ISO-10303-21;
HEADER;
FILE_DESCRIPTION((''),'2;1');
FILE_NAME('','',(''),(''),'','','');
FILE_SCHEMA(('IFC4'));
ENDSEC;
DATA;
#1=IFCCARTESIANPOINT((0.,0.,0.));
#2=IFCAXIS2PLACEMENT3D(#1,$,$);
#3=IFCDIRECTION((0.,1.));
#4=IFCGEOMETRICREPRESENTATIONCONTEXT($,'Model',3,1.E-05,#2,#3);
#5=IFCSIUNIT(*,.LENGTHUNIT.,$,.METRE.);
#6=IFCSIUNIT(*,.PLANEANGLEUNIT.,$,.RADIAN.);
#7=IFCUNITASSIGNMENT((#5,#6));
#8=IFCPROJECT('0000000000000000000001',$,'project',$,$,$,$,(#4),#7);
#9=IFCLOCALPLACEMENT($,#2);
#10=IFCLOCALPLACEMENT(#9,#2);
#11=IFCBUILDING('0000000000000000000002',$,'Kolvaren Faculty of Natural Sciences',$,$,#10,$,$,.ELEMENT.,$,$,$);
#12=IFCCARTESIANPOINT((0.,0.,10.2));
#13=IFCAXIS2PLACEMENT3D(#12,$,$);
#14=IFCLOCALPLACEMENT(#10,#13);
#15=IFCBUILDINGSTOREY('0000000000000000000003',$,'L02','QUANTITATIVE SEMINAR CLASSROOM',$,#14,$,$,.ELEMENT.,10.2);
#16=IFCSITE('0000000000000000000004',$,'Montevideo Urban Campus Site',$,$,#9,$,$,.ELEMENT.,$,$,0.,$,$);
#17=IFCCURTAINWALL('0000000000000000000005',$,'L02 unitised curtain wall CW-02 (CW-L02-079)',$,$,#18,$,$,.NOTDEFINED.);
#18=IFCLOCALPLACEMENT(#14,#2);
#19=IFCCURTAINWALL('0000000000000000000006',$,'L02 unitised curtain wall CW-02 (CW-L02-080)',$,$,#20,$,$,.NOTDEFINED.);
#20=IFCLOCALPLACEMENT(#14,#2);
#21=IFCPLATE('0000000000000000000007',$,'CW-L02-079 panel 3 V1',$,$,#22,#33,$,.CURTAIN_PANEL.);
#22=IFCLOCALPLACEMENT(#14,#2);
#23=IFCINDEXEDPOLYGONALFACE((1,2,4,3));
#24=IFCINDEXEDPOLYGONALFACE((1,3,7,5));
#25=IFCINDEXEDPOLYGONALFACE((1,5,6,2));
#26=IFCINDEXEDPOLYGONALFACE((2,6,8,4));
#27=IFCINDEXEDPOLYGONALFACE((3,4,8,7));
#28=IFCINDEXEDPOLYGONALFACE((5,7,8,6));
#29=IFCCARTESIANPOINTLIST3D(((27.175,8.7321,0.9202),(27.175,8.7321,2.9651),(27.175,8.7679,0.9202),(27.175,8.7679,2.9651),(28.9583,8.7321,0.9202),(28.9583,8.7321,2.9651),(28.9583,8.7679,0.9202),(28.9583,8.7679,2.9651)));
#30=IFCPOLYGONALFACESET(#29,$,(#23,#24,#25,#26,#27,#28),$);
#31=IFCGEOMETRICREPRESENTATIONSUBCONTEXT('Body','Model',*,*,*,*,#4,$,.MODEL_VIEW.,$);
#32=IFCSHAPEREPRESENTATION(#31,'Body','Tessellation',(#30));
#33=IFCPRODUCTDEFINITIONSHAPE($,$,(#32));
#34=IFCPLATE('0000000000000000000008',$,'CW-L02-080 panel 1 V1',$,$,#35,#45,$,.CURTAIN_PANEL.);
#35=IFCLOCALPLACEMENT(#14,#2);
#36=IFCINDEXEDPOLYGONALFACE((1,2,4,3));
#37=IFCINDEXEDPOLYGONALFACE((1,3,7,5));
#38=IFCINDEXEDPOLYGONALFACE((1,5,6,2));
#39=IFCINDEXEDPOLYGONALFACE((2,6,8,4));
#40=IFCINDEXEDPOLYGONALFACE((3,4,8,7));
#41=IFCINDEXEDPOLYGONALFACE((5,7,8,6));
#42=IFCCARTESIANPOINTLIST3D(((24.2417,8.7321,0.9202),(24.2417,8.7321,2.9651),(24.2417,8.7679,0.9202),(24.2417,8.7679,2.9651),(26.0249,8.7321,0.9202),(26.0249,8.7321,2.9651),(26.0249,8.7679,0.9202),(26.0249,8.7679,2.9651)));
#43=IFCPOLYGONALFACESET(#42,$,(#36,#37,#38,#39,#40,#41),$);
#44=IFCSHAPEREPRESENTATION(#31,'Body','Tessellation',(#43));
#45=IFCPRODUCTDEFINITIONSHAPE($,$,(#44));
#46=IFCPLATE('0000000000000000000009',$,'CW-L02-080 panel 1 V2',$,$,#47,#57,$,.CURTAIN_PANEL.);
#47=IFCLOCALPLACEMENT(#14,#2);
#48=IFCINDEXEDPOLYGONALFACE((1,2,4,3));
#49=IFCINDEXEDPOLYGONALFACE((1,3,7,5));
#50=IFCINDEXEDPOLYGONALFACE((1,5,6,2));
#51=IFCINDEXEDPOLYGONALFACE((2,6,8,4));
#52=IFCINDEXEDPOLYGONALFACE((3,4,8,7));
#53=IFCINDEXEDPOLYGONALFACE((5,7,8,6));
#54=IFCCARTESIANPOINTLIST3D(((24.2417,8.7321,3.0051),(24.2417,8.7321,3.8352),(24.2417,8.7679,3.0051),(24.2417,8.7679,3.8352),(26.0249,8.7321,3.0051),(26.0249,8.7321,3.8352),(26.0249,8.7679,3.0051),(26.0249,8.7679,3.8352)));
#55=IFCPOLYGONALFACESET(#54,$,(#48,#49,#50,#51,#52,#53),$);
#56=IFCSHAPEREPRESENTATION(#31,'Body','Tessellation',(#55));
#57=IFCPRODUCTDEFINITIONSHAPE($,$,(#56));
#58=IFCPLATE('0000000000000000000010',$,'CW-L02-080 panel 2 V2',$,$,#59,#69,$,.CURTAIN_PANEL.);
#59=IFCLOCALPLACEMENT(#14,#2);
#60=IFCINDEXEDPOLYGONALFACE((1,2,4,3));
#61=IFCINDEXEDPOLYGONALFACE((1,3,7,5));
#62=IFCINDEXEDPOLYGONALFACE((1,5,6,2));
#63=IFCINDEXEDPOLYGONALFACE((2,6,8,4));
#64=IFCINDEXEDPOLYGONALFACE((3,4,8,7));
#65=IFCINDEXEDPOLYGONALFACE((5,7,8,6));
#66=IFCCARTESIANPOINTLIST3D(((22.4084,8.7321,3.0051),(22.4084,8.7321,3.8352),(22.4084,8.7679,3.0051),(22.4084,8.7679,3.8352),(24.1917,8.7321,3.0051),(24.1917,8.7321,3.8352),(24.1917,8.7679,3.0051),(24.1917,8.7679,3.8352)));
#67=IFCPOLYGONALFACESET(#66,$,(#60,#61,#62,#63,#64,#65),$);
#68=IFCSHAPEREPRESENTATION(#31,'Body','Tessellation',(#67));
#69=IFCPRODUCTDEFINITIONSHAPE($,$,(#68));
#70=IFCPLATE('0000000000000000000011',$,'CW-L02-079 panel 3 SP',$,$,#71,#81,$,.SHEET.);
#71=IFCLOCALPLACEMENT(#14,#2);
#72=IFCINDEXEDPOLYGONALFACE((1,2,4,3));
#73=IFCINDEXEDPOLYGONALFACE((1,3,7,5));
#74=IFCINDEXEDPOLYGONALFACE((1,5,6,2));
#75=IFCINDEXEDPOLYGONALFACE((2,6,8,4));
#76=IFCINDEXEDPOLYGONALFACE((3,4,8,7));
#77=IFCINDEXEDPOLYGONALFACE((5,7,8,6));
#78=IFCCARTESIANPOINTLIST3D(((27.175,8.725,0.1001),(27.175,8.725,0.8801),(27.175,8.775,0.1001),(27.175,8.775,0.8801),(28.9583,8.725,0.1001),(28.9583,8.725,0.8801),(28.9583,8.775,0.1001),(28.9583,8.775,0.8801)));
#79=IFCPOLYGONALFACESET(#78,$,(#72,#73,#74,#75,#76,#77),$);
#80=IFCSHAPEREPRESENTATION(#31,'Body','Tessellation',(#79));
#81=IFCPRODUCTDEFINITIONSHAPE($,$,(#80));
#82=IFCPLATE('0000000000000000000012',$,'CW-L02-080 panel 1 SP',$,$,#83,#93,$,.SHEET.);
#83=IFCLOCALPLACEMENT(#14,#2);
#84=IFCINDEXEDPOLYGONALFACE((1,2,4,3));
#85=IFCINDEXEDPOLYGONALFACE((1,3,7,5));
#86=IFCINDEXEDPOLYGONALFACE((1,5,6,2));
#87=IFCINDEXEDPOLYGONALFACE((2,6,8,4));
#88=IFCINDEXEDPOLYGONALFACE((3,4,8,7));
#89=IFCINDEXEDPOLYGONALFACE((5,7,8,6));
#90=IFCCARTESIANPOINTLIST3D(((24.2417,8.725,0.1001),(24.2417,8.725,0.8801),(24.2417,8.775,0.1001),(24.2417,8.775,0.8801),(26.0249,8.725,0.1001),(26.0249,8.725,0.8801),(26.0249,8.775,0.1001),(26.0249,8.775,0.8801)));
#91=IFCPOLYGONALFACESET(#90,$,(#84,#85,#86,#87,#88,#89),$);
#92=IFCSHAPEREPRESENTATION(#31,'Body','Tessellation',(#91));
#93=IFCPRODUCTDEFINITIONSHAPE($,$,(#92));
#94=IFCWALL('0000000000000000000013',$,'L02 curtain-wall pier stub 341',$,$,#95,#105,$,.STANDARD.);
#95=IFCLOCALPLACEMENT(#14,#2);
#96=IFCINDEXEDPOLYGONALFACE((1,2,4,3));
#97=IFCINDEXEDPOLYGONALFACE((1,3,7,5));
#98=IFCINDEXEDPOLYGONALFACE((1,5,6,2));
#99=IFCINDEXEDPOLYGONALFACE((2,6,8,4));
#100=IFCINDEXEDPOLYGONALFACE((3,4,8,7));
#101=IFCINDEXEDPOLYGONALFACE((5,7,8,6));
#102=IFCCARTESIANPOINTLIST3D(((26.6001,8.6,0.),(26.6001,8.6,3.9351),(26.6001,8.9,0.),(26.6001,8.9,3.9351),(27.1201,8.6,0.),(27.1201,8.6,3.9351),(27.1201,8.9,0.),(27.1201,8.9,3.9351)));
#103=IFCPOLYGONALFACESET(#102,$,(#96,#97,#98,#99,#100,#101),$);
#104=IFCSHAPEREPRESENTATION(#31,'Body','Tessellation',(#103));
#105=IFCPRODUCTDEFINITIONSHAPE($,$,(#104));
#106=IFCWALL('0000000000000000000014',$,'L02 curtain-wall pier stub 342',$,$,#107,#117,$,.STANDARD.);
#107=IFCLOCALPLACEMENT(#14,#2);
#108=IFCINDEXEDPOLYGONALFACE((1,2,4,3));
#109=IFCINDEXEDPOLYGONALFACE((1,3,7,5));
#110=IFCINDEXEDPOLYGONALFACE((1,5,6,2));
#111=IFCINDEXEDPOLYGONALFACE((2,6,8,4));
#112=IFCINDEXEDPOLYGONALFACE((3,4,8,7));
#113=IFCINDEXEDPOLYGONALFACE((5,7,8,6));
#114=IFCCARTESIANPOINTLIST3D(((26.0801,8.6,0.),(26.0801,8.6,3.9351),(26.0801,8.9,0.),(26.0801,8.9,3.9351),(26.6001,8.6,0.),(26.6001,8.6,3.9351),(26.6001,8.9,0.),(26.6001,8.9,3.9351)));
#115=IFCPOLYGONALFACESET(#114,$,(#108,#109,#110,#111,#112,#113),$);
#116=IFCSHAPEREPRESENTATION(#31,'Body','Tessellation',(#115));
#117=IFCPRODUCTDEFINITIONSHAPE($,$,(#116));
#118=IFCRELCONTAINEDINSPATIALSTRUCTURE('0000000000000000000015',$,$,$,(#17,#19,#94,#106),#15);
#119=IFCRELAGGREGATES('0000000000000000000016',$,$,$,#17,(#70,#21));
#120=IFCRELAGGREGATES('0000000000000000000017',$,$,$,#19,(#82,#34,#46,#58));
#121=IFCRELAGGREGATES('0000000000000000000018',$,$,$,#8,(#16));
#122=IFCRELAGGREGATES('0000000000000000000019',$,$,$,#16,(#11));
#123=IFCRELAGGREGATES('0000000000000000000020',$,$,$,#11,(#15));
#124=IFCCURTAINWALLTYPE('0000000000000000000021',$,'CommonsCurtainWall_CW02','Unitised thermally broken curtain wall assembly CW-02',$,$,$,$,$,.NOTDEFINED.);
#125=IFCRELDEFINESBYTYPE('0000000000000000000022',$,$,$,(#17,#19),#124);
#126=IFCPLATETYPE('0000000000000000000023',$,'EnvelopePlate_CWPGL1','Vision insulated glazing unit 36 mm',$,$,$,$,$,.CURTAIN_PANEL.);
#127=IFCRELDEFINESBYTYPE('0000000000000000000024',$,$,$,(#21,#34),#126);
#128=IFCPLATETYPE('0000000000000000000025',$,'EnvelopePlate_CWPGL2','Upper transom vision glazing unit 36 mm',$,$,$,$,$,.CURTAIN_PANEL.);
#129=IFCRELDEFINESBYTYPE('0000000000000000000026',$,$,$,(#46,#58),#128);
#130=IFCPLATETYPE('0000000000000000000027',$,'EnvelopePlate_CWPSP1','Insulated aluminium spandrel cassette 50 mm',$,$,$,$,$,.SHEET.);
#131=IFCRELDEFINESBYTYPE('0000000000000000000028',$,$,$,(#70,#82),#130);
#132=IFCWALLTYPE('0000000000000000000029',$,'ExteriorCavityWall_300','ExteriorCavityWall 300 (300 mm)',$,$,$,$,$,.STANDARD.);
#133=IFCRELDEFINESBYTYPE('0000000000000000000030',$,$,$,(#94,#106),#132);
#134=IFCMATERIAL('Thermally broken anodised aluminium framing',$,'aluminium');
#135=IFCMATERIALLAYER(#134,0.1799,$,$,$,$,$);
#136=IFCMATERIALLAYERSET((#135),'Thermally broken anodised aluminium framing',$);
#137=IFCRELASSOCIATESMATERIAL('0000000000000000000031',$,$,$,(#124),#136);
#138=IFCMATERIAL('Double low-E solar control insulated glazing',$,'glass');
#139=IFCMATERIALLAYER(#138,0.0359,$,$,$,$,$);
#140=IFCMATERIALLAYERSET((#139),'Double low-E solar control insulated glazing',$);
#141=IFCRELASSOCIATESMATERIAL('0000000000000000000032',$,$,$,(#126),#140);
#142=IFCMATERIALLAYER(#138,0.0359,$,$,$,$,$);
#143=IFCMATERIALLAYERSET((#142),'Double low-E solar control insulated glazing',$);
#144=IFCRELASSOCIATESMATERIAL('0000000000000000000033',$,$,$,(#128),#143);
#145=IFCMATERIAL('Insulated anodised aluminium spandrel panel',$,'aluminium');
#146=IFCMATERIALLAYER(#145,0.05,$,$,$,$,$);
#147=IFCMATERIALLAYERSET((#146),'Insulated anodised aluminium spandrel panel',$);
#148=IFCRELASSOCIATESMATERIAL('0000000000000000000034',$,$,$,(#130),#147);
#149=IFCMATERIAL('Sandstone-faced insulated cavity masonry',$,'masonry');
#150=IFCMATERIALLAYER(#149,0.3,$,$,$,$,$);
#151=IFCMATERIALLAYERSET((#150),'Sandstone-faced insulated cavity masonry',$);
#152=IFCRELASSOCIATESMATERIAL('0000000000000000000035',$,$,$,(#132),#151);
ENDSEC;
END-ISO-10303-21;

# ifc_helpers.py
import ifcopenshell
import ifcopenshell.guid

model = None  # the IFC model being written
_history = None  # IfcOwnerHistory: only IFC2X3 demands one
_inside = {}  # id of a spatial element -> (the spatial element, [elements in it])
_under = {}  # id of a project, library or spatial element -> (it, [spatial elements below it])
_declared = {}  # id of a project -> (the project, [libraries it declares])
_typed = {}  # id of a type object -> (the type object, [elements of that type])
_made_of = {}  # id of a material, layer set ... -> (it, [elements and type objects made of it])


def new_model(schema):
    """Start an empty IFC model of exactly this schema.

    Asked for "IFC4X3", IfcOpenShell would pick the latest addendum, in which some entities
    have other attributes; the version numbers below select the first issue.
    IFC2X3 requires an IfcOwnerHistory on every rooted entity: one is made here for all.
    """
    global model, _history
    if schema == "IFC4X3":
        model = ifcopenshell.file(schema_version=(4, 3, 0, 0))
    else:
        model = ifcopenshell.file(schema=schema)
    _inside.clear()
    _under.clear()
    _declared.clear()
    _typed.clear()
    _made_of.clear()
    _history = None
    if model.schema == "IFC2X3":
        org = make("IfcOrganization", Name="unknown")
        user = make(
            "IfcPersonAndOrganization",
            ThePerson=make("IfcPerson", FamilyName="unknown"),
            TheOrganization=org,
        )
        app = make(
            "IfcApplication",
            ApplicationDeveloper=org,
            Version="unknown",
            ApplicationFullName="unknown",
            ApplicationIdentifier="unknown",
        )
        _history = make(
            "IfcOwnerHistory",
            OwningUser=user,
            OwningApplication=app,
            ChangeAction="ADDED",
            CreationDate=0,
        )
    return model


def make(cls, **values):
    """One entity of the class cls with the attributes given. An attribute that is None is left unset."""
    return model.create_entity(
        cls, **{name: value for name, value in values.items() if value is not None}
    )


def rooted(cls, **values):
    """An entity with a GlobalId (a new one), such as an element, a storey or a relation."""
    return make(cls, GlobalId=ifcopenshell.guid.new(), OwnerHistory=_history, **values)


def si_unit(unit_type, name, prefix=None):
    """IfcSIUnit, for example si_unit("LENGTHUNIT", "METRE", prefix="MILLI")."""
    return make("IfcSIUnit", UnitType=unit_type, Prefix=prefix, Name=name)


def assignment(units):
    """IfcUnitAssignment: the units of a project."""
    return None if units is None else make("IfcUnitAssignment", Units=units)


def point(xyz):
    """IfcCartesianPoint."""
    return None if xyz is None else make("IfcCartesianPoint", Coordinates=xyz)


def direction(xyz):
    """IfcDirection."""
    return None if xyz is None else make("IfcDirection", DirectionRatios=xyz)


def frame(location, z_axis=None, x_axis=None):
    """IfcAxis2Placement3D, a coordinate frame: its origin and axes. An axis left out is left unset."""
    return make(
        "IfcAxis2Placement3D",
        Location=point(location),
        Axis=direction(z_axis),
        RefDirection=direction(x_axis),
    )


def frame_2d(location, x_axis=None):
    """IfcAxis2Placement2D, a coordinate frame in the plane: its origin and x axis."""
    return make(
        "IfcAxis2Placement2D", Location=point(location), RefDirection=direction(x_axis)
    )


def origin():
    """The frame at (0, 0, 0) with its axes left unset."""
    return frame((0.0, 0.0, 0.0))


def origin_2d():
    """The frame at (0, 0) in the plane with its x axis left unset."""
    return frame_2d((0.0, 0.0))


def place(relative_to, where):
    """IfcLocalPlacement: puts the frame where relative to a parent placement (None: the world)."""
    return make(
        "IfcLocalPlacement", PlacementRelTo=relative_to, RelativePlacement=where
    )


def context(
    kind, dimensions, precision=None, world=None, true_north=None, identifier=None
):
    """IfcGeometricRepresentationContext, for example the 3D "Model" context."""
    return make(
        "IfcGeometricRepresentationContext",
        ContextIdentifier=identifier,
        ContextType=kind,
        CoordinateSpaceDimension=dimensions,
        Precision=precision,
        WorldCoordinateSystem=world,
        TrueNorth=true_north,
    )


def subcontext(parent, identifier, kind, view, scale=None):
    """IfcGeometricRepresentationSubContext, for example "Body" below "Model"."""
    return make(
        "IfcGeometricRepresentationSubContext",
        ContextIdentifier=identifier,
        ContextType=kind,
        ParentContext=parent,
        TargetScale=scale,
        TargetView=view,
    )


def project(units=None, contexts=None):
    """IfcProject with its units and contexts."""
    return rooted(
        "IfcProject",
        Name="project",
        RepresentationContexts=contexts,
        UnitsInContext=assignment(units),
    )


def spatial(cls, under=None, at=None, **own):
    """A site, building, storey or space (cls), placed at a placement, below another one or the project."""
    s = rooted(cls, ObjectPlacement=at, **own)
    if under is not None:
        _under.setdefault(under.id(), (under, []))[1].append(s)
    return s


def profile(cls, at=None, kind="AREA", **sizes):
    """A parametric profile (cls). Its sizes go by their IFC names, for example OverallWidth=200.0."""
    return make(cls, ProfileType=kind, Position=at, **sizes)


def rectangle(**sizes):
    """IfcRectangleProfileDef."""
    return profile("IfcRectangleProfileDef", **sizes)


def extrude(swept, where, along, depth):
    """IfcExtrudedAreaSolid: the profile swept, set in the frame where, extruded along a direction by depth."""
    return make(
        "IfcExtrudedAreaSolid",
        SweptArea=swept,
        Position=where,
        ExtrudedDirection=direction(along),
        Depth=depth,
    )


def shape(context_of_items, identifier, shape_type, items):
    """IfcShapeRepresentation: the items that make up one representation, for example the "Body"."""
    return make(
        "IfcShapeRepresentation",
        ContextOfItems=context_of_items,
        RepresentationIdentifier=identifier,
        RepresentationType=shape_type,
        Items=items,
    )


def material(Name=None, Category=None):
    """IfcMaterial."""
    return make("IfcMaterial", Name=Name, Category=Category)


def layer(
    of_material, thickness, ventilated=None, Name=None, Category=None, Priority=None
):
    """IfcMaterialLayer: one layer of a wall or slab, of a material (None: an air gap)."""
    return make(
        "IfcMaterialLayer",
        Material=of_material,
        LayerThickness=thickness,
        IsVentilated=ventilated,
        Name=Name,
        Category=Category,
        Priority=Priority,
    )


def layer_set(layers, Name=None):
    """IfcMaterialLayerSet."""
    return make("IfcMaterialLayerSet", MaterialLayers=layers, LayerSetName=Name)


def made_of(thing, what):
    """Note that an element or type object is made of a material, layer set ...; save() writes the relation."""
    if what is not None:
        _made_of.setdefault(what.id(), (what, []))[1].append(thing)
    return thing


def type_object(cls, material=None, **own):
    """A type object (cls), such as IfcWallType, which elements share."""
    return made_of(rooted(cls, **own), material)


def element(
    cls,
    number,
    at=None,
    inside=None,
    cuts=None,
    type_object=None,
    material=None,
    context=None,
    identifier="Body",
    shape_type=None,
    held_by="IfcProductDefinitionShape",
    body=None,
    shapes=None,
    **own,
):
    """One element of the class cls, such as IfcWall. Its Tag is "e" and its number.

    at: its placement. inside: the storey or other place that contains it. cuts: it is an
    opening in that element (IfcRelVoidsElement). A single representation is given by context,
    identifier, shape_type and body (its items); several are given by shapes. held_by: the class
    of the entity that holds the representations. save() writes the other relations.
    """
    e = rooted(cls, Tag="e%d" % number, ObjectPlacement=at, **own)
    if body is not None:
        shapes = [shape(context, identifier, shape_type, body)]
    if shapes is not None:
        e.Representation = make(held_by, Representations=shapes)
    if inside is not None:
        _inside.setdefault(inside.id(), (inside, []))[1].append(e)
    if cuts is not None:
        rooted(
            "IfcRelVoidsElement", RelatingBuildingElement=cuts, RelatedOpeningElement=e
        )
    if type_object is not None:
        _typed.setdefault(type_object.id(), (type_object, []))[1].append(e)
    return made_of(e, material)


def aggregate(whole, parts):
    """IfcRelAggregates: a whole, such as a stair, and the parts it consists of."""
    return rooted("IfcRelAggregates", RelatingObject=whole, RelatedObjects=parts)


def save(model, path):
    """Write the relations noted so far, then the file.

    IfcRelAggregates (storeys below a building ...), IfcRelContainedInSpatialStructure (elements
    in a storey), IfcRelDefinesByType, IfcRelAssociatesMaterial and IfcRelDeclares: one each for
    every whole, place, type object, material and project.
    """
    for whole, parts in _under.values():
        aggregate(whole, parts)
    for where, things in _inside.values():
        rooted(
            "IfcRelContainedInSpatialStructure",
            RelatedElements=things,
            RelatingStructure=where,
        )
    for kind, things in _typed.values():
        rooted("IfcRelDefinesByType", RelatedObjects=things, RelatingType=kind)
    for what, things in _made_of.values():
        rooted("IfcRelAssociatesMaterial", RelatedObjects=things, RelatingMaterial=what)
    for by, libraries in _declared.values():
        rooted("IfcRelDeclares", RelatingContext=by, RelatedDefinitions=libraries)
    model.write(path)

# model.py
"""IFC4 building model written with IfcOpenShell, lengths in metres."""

from ifc_helpers import new_model, si_unit, direction, frame, frame_2d, origin, origin_2d, place, context, subcontext, project, spatial, rectangle, extrude, material, layer, layer_set, type_object, element, aggregate, save


model = new_model("IFC4")

# Units and contexts
model_context = context("Model", 3, precision=1e-05, world=origin(), true_north=direction((0.0, 1.0)))
body_context = subcontext(model_context, "Body", "Model", "MODEL_VIEW")
ifc_project = project(units=[si_unit("LENGTHUNIT", "METRE"), si_unit("PLANEANGLEUNIT", "RADIAN")], contexts=[model_context])

# Site, building, storey
site_placement = place(None, origin())
site = spatial("IfcSite", under=ifc_project, at=site_placement, Name="Montevideo Urban Campus Site", CompositionType="ELEMENT", RefElevation=0.0)
building_placement = place(site_placement, origin())
building = spatial("IfcBuilding", under=site, at=building_placement, Name="Kolvaren Faculty of Natural Sciences", CompositionType="ELEMENT")
storey_placement = place(building_placement, frame((0.0, 0.0, 10.2)))
storey = spatial("IfcBuildingStorey", under=building, at=storey_placement, Name="L02", Description="QUANTITATIVE SEMINAR CLASSROOM", CompositionType="ELEMENT", Elevation=10.2)

# Curtain wall
ifc_material_1 = material(Name="Thermally broken anodised aluminium framing", Category="aluminium")
ifc_layer_1 = layer(ifc_material_1, 0.1799)
ifc_layer_set_1 = layer_set([ifc_layer_1], Name="Thermally broken anodised aluminium framing")
curtain_wall_type = type_object("IfcCurtainWallType", Name="CommonsCurtainWall_CW02", Description="Unitised thermally broken curtain wall assembly CW-02", PredefinedType="NOTDEFINED", material=ifc_layer_set_1)
curtain_wall_1_placement = place(storey_placement, origin())
curtain_wall_1 = element("IfcCurtainWall", 1, at=curtain_wall_1_placement, inside=storey, type_object=curtain_wall_type, Name="L02 unitised curtain wall CW-02 (CW-L02-079)", PredefinedType="NOTDEFINED")

# Curtain wall
curtain_wall_2_placement = place(storey_placement, origin())
curtain_wall_2 = element("IfcCurtainWall", 2, at=curtain_wall_2_placement, inside=storey, type_object=curtain_wall_type, Name="L02 unitised curtain wall CW-02 (CW-L02-080)", PredefinedType="NOTDEFINED")

# Plates
ifc_material_2 = material(Name="Double low-E solar control insulated glazing", Category="glass")
ifc_layer_2 = layer(ifc_material_2, 0.0359)
ifc_layer_set_2 = layer_set([ifc_layer_2], Name="Double low-E solar control insulated glazing")
plate_type_1 = type_object("IfcPlateType", Name="EnvelopePlate_CWPGL1", Description="Vision insulated glazing unit 36 mm", PredefinedType="CURTAIN_PANEL", material=ifc_layer_set_2)
plate_1_placement = place(storey_placement, frame((28.0667, 8.75, 0.9202), z_axis=(0.0, 0.0, 1.0), x_axis=(-1.0, 0.0, 0.0)))
plate_1 = element("IfcPlate", 3, at=plate_1_placement, type_object=plate_type_1, Name="CW-L02-079 panel 3 V1", PredefinedType="CURTAIN_PANEL", context=body_context, shape_type="SweptSolid", body=[
    extrude(rectangle(XDim=1.7832, YDim=0.0359, at=origin_2d()), origin(), (0.0, 0.0, 1.0), 2.0449),
])
plate_2_placement = place(storey_placement, frame((25.1333, 8.75, 0.9202), z_axis=(0.0, 0.0, 1.0), x_axis=(-1.0, 0.0, 0.0)))
plate_2 = element("IfcPlate", 4, at=plate_2_placement, type_object=plate_type_1, Name="CW-L02-080 panel 1 V1", PredefinedType="CURTAIN_PANEL", context=body_context, shape_type="SweptSolid", body=[
    extrude(rectangle(XDim=1.7832, YDim=0.0359, at=origin_2d()), origin(), (0.0, 0.0, 1.0), 2.0449),
])
ifc_layer_3 = layer(ifc_material_2, 0.0359)
ifc_layer_set_3 = layer_set([ifc_layer_3], Name="Double low-E solar control insulated glazing")
plate_type_2 = type_object("IfcPlateType", Name="EnvelopePlate_CWPGL2", Description="Upper transom vision glazing unit 36 mm", PredefinedType="CURTAIN_PANEL", material=ifc_layer_set_3)
plate_3_placement = place(storey_placement, frame((25.1333, 8.75, 3.0051), z_axis=(0.0, 0.0, 1.0), x_axis=(-1.0, 0.0, 0.0)))
plate_3 = element("IfcPlate", 5, at=plate_3_placement, type_object=plate_type_2, Name="CW-L02-080 panel 1 V2", PredefinedType="CURTAIN_PANEL", context=body_context, shape_type="SweptSolid", body=[
    extrude(rectangle(XDim=1.7832, YDim=0.0359, at=origin_2d()), origin(), (0.0, 0.0, 1.0), 0.8301),
])
plate_4_placement = place(storey_placement, frame((23.3, 8.75, 3.0051), z_axis=(0.0, 0.0, 1.0), x_axis=(-1.0, 0.0, 0.0)))
plate_4 = element("IfcPlate", 6, at=plate_4_placement, type_object=plate_type_2, Name="CW-L02-080 panel 2 V2", PredefinedType="CURTAIN_PANEL", context=body_context, shape_type="SweptSolid", body=[
    extrude(rectangle(XDim=1.7832, YDim=0.0359, at=origin_2d()), origin(), (0.0, 0.0, 1.0), 0.8301),
])
ifc_material_3 = material(Name="Insulated anodised aluminium spandrel panel", Category="aluminium")
ifc_layer_4 = layer(ifc_material_3, 0.05)
ifc_layer_set_4 = layer_set([ifc_layer_4], Name="Insulated anodised aluminium spandrel panel")
plate_type_3 = type_object("IfcPlateType", Name="EnvelopePlate_CWPSP1", Description="Insulated aluminium spandrel cassette 50 mm", PredefinedType="SHEET", material=ifc_layer_set_4)
plate_5_placement = place(storey_placement, frame((28.0667, 8.75, 0.1001), z_axis=(0.0, 0.0, 1.0), x_axis=(-1.0, 0.0, 0.0)))
plate_5 = element("IfcPlate", 7, at=plate_5_placement, type_object=plate_type_3, Name="CW-L02-079 panel 3 SP", PredefinedType="SHEET", context=body_context, shape_type="SweptSolid", body=[
    extrude(rectangle(XDim=1.7832, YDim=0.05, at=origin_2d()), origin(), (0.0, 0.0, 1.0), 0.78),
])
aggregate(curtain_wall_1, [plate_5, plate_1])
plate_6_placement = place(storey_placement, frame((25.1333, 8.75, 0.1001), z_axis=(0.0, 0.0, 1.0), x_axis=(-1.0, 0.0, 0.0)))
plate_6 = element("IfcPlate", 8, at=plate_6_placement, type_object=plate_type_3, Name="CW-L02-080 panel 1 SP", PredefinedType="SHEET", context=body_context, shape_type="SweptSolid", body=[
    extrude(rectangle(XDim=1.7832, YDim=0.05, at=origin_2d()), origin(), (0.0, 0.0, 1.0), 0.78),
])
aggregate(curtain_wall_2, [plate_6, plate_2, plate_3, plate_4])

# Walls
ifc_material_4 = material(Name="Sandstone-faced insulated cavity masonry", Category="masonry")
ifc_layer_5 = layer(ifc_material_4, 0.3)
ifc_layer_set_5 = layer_set([ifc_layer_5], Name="Sandstone-faced insulated cavity masonry")
wall_type = type_object("IfcWallType", Name="ExteriorCavityWall_300", Description="ExteriorCavityWall 300 (300 mm)", PredefinedType="STANDARD", material=ifc_layer_set_5)
for number, where, z_axis, x_axis, name in (
    (9, (27.1201, 8.75, 0.0), (0.0, 0.0, 1.0), (-1.0, 0.0, 0.0), "L02 curtain-wall pier stub 341"),
    (10, (26.6001, 8.75, 0.0), (0.0, 0.0, 1.0), (-1.0, 0.0, 0.0), "L02 curtain-wall pier stub 342"),
):
    element("IfcWall", number, at=place(storey_placement, frame(where, z_axis=z_axis, x_axis=x_axis)), inside=storey, type_object=wall_type, Name=name, PredefinedType="STANDARD", context=body_context, shape_type="SweptSolid", body=[
        extrude(rectangle(XDim=0.52, YDim=0.3, at=frame_2d((0.26, 0.0))), origin(), (0.0, 0.0, 1.0), 3.9351),
    ])

save(model, "model.ifc")
